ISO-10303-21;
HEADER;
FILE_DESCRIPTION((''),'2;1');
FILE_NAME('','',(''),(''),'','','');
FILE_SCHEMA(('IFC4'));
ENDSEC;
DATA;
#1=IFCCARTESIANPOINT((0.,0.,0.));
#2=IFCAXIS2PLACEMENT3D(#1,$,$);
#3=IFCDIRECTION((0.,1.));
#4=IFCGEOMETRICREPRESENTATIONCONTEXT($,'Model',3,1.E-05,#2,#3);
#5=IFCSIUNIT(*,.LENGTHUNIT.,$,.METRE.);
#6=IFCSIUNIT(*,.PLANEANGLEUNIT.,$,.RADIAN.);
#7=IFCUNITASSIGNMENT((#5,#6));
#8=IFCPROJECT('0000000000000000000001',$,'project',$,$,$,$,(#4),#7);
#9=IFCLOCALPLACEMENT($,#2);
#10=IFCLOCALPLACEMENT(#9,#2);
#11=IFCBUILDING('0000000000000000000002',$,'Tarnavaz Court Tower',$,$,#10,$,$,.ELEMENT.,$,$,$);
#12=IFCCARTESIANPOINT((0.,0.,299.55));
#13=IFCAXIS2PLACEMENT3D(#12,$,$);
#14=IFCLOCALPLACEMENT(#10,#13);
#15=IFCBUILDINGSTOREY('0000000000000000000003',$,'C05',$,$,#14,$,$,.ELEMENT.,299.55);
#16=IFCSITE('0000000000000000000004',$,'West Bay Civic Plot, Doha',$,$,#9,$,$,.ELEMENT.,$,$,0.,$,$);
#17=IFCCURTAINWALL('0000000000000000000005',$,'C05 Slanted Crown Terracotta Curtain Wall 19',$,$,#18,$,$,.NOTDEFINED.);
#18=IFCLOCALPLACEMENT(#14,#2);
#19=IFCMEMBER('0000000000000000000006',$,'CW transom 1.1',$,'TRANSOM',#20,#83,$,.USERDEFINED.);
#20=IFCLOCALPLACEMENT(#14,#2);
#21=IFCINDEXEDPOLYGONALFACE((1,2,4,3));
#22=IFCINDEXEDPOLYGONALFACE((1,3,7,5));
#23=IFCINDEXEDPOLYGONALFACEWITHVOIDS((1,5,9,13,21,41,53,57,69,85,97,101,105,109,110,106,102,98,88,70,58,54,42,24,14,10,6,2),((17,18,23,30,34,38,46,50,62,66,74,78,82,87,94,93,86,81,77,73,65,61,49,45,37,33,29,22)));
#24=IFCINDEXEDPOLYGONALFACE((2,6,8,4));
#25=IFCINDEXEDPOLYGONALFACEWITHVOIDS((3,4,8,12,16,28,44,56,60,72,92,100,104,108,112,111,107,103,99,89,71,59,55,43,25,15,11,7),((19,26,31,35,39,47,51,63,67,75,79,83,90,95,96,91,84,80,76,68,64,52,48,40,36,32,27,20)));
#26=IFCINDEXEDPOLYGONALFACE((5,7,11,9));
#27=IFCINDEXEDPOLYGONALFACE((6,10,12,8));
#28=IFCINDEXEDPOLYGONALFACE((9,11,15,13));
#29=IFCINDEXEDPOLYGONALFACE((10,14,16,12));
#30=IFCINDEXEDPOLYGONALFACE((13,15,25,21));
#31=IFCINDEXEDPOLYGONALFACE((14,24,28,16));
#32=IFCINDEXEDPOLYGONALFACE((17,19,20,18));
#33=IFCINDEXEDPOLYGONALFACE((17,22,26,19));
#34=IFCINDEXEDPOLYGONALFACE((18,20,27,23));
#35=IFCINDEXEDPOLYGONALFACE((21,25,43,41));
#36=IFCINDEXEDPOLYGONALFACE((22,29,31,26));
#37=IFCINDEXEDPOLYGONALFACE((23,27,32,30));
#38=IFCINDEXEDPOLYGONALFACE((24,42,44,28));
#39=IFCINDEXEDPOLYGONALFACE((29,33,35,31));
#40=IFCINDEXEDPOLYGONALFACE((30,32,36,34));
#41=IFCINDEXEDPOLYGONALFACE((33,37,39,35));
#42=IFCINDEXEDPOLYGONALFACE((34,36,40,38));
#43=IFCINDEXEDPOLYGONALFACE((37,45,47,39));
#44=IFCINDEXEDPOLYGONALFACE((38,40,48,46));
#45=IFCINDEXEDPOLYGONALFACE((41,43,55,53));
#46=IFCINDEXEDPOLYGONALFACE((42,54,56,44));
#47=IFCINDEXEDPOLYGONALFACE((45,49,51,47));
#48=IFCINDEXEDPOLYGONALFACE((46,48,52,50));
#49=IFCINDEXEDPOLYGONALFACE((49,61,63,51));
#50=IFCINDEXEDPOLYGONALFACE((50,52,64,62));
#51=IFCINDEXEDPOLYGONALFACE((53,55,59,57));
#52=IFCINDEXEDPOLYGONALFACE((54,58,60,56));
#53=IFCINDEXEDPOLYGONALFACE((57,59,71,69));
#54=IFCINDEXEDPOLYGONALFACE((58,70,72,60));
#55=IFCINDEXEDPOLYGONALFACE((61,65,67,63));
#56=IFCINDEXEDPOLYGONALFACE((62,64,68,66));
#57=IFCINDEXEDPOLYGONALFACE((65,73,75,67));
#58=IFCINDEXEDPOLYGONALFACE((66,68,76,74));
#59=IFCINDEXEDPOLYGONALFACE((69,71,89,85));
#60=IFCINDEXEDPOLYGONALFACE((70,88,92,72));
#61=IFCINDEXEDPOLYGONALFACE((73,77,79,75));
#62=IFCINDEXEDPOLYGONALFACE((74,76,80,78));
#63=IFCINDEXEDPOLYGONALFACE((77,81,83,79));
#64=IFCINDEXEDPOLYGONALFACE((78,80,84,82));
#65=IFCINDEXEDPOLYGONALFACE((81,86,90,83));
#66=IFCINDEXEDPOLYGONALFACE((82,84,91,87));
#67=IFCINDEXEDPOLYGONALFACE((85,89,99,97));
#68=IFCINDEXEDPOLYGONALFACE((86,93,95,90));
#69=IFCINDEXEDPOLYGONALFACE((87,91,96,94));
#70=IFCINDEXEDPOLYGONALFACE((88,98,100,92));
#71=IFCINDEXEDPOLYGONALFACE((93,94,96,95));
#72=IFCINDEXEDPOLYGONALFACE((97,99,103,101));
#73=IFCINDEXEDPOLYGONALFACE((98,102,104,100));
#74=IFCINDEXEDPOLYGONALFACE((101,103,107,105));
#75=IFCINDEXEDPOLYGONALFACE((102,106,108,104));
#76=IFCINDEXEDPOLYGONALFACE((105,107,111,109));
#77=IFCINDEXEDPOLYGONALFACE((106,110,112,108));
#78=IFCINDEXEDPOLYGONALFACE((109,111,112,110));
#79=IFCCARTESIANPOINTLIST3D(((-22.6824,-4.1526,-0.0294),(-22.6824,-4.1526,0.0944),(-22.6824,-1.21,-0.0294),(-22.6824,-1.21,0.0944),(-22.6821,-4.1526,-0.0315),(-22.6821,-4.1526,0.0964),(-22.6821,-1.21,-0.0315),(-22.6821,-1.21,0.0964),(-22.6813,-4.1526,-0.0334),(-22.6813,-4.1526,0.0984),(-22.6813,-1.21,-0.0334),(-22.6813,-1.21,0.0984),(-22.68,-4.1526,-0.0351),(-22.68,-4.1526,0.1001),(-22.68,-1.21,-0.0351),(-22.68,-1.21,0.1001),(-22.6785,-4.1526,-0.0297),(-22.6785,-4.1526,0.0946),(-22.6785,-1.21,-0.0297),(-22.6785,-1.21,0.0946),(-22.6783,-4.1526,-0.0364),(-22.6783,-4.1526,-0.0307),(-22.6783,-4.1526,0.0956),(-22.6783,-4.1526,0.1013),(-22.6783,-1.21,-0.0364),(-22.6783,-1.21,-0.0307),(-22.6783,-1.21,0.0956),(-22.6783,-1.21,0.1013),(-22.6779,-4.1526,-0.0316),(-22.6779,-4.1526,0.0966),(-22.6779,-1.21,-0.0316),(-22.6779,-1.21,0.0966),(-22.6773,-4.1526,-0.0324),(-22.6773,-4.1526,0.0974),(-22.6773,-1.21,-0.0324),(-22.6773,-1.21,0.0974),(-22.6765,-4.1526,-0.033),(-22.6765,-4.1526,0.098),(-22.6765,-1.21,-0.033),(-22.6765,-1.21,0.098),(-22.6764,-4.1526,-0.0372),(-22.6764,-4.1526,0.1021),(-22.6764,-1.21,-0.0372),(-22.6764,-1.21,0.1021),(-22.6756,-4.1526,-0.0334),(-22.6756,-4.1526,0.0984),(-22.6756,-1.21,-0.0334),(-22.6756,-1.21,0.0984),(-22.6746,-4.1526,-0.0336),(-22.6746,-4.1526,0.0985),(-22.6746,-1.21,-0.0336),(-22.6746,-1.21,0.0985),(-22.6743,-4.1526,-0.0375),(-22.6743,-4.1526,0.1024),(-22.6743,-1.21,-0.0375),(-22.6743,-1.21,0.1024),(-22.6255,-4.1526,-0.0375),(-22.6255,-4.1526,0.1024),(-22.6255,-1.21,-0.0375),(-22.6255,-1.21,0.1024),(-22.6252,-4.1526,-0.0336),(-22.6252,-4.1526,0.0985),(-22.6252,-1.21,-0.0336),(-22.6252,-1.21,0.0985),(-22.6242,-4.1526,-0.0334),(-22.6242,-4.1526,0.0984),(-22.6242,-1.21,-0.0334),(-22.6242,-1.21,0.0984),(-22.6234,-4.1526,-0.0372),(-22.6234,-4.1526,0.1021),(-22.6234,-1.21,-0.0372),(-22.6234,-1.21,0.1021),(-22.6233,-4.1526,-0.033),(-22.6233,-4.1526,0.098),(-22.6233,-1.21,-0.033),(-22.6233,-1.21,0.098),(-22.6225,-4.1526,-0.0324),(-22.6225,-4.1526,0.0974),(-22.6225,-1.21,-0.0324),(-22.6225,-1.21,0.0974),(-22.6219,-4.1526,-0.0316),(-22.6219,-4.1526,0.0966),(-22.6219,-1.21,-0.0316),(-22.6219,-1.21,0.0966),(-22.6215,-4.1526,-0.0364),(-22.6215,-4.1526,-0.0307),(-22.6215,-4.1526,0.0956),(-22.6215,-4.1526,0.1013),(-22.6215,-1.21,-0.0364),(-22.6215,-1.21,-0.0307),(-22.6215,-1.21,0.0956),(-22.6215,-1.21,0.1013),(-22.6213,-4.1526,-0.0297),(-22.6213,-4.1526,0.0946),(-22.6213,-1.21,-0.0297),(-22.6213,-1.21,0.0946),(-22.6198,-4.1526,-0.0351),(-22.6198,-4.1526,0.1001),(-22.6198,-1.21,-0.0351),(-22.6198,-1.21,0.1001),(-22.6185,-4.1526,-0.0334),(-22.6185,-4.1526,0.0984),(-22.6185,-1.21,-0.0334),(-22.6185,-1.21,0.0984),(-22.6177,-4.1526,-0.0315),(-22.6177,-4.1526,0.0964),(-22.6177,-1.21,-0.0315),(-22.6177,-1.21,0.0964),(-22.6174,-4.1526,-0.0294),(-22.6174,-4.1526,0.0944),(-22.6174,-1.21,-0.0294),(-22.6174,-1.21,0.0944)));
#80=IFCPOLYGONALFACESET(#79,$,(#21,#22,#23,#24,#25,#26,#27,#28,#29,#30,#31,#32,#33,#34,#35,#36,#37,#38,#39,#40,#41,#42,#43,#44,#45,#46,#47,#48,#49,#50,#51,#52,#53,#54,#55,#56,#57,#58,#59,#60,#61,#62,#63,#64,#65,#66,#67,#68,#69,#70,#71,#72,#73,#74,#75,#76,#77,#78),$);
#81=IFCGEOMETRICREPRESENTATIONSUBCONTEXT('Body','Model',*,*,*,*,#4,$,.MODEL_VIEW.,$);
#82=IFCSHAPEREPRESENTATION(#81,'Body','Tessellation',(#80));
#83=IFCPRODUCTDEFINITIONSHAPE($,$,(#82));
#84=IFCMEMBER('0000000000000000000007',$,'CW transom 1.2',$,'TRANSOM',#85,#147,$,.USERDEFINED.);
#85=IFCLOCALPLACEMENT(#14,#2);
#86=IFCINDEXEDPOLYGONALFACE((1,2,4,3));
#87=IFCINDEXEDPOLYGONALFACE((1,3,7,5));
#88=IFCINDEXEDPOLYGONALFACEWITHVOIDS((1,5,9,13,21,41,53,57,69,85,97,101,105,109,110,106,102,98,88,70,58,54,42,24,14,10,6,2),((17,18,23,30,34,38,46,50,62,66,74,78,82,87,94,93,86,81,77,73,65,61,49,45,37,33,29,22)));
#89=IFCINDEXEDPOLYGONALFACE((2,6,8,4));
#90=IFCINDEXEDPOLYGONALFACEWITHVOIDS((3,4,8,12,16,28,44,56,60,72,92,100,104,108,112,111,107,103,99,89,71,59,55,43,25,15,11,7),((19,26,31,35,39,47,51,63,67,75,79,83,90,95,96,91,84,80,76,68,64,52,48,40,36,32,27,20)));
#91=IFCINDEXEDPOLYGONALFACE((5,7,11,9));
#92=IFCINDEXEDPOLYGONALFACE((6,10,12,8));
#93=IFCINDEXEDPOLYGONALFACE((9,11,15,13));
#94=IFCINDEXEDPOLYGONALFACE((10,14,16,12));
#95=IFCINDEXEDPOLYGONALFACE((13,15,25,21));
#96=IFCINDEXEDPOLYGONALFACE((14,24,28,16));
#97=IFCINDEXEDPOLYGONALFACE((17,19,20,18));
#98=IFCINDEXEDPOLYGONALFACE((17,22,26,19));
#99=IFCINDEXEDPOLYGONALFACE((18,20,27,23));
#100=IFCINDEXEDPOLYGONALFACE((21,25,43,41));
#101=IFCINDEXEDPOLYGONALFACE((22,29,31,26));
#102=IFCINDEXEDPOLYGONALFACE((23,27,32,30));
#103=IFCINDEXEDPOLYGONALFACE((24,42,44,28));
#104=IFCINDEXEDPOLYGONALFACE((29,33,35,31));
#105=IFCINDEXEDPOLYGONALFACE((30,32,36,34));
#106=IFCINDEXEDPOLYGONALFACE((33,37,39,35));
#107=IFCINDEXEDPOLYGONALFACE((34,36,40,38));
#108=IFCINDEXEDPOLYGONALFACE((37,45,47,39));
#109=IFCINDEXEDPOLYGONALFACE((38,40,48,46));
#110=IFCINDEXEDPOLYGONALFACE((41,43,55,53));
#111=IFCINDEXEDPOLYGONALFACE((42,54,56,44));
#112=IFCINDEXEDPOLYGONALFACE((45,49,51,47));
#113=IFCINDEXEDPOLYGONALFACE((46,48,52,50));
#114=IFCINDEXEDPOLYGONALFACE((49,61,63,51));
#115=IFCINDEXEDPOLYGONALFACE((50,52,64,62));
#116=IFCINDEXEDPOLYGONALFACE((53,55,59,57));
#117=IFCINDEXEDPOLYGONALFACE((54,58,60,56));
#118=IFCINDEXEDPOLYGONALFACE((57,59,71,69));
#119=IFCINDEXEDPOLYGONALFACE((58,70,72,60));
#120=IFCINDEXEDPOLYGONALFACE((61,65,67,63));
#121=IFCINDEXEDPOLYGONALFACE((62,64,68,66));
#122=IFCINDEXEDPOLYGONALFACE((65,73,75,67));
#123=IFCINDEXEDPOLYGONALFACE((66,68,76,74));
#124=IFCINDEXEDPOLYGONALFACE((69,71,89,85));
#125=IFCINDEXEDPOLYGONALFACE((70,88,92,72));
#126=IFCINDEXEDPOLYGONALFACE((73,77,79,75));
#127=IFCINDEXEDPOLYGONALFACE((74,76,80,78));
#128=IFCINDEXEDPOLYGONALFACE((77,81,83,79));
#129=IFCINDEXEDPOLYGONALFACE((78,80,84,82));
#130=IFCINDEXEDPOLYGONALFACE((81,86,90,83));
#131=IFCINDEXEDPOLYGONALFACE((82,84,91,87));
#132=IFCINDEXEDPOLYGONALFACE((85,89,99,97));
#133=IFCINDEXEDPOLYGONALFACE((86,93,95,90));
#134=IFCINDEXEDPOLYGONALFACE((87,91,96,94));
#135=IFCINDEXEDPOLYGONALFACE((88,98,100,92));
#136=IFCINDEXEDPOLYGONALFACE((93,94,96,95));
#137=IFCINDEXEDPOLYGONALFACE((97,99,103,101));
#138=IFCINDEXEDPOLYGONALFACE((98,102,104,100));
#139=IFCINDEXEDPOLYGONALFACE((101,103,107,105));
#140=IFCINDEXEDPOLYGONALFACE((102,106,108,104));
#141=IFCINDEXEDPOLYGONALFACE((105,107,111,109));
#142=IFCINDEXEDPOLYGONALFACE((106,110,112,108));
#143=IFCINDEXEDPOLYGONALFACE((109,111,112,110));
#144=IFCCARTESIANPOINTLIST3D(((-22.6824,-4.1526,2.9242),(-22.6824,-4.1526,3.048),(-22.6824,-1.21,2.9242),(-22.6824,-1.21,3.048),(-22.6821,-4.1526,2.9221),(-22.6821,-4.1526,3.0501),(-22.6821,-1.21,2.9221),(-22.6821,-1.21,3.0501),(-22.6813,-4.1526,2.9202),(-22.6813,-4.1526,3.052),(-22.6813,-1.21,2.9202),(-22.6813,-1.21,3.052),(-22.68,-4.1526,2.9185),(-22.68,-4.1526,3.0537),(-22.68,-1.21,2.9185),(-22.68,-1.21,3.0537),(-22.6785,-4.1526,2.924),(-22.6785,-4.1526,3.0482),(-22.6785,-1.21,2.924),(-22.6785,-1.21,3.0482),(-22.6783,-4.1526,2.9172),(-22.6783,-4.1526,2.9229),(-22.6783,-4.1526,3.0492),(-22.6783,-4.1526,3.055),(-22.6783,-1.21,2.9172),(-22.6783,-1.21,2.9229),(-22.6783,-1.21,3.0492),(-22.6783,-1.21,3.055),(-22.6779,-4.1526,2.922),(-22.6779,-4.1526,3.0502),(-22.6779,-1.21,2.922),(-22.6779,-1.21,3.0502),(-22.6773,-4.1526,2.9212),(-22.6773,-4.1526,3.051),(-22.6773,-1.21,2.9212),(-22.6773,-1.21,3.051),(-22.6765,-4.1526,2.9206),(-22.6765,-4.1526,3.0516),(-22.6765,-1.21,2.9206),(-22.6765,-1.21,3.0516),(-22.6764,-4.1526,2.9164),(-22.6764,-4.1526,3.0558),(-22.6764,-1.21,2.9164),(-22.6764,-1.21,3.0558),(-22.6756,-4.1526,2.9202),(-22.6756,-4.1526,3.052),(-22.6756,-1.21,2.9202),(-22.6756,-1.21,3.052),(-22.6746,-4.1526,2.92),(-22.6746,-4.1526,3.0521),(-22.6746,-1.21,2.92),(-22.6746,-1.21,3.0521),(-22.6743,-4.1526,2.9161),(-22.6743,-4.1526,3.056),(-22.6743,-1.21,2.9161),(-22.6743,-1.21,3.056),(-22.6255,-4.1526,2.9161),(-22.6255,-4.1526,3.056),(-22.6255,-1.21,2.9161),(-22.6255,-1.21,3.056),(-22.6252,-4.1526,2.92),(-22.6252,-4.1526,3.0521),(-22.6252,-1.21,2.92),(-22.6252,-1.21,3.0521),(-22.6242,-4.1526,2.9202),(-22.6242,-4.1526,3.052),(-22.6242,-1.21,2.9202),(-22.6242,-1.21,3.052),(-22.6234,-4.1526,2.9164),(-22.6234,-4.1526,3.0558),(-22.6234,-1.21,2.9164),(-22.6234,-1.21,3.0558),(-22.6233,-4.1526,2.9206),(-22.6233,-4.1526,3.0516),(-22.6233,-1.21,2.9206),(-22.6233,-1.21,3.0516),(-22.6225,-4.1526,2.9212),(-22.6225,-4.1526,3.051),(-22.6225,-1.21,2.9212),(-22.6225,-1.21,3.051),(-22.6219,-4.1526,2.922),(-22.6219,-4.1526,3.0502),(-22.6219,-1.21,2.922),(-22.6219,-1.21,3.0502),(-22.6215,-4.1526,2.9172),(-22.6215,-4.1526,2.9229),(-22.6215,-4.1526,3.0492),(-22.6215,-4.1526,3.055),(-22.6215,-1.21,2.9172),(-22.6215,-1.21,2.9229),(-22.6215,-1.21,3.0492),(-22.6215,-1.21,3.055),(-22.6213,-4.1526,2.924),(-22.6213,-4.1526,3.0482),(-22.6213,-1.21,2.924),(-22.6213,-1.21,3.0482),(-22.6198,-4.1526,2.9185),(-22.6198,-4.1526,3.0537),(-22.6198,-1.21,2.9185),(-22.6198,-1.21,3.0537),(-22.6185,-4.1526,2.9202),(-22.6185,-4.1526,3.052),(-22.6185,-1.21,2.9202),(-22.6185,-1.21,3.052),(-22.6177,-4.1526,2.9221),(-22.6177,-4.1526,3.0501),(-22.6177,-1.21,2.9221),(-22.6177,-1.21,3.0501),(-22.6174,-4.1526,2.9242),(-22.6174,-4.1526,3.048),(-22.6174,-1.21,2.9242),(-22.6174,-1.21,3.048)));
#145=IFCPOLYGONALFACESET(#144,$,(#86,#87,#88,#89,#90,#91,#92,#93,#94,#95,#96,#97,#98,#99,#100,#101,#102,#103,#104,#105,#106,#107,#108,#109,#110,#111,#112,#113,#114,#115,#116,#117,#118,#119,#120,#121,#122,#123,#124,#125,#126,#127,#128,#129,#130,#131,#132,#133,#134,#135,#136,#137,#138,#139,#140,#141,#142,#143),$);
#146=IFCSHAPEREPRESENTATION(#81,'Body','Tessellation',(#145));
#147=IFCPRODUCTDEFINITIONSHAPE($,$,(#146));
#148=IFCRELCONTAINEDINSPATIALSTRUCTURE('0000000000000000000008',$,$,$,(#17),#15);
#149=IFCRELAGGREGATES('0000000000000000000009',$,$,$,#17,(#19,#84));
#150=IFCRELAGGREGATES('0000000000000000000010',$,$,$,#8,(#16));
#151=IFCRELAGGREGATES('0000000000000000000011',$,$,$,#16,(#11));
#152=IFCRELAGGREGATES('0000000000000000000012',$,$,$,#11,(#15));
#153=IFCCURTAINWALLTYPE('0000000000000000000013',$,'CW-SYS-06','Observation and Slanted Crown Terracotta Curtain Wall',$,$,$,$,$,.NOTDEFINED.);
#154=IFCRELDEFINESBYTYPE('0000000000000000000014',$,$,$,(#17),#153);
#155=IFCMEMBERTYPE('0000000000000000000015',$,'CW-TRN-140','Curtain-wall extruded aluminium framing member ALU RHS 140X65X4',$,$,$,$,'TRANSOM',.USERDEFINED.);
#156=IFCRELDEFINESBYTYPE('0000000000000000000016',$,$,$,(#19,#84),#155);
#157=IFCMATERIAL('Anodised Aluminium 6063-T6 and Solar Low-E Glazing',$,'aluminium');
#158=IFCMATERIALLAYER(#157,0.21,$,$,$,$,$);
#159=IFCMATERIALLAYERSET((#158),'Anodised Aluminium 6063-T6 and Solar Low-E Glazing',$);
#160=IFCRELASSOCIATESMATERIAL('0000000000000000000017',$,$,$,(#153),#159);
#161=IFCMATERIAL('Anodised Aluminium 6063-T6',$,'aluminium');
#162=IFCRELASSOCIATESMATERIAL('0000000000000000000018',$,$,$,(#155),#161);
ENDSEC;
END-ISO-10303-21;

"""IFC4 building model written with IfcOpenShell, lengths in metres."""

from ifc_helpers import new_model, si_unit, direction, frame, origin, origin_2d, place, context, subcontext, project, spatial, hollow_rectangle, extrude, material, layer, layer_set, material_profile, profile_set, type_object, element, aggregate, save


model = new_model("IFC4")

# Units and contexts
model_context = context("Model", 3, precision=1e-05, world=origin(), true_north=direction((0.0, 1.0)))
body_context = subcontext(model_context, "Body", "Model", "MODEL_VIEW")
ifc_project = project(units=[si_unit("LENGTHUNIT", "METRE"), si_unit("PLANEANGLEUNIT", "RADIAN")], contexts=[model_context])

# Site, building, storey
site_placement = place(None, origin())
site = spatial("IfcSite", under=ifc_project, at=site_placement, Name="West Bay Civic Plot, Doha", CompositionType="ELEMENT", RefElevation=0.0)
building_placement = place(site_placement, origin())
building = spatial("IfcBuilding", under=site, at=building_placement, Name="Tarnavaz Court Tower", CompositionType="ELEMENT")
storey_placement = place(building_placement, frame((0.0, 0.0, 299.55)))
storey = spatial("IfcBuildingStorey", under=building, at=storey_placement, Name="C05", CompositionType="ELEMENT", Elevation=299.55)

# Curtain wall
ifc_material_1 = material(Name="Anodised Aluminium 6063-T6 and Solar Low-E Glazing", Category="aluminium")
ifc_layer_1 = layer(ifc_material_1, 0.21)
ifc_layer_set_1 = layer_set([ifc_layer_1], Name="Anodised Aluminium 6063-T6 and Solar Low-E Glazing")
curtain_wall_type = type_object("IfcCurtainWallType", Name="CW-SYS-06", Description="Observation and Slanted Crown Terracotta Curtain Wall", PredefinedType="NOTDEFINED", material=ifc_layer_set_1)
ifc_material_2 = material(Name="Anodised Aluminium 6063-T6", Category="aluminium")
curtain_wall_1_placement = place(storey_placement, origin())
curtain_wall_1 = element("IfcCurtainWall", 1, at=curtain_wall_1_placement, inside=storey, type_object=curtain_wall_type, Name="C05 Slanted Crown Terracotta Curtain Wall 19", PredefinedType="NOTDEFINED")

# Members
ifc_material_profile_1 = material_profile(ifc_material_2, hollow_rectangle(XDim=0.0649, YDim=0.1399, WallThickness=0.0039, InnerFilletRadius=0.0039, OuterFilletRadius=0.0081, at=origin_2d()), Name="ALU RHS 140X65X4")
ifc_profile_set_1 = profile_set([ifc_material_profile_1], Name="Anodised Aluminium 6063-T6")
member_type_1 = type_object("IfcMemberType", Name="CW-TRN-140", Description="Curtain-wall extruded aluminium framing member ALU RHS 140X65X4", ElementType="TRANSOM", PredefinedType="USERDEFINED", material=ifc_profile_set_1)
member_1_placement = place(storey_placement, frame((-22.6499, -4.1526, 0.0325), z_axis=(0.0, 1.0, 0.0), x_axis=(-1.0, 0.0, 0.0)))
member_1 = element("IfcMember", 2, at=member_1_placement, type_object=member_type_1, Name="CW transom 1.1", ObjectType="TRANSOM", PredefinedType="USERDEFINED", context=body_context, shape_type="SweptSolid", body=[
    extrude(hollow_rectangle(XDim=0.0649, YDim=0.1399, WallThickness=0.0039, InnerFilletRadius=0.0039, OuterFilletRadius=0.0081, at=origin_2d()), origin(), (0.0, 0.0, 1.0), 2.9426),
])
member_2_placement = place(storey_placement, frame((-22.6499, -4.1526, 2.9861), z_axis=(0.0, 1.0, 0.0), x_axis=(-1.0, 0.0, 0.0)))
member_2 = element("IfcMember", 3, at=member_2_placement, type_object=member_type_1, Name="CW transom 1.2", ObjectType="TRANSOM", PredefinedType="USERDEFINED", context=body_context, shape_type="SweptSolid", body=[
    extrude(hollow_rectangle(XDim=0.0649, YDim=0.1399, WallThickness=0.0039, InnerFilletRadius=0.0039, OuterFilletRadius=0.0081, at=origin_2d()), origin(), (0.0, 0.0, 1.0), 2.9426),
])

aggregate(curtain_wall_1, [member_1, member_2])

save(model, "model.ifc")
